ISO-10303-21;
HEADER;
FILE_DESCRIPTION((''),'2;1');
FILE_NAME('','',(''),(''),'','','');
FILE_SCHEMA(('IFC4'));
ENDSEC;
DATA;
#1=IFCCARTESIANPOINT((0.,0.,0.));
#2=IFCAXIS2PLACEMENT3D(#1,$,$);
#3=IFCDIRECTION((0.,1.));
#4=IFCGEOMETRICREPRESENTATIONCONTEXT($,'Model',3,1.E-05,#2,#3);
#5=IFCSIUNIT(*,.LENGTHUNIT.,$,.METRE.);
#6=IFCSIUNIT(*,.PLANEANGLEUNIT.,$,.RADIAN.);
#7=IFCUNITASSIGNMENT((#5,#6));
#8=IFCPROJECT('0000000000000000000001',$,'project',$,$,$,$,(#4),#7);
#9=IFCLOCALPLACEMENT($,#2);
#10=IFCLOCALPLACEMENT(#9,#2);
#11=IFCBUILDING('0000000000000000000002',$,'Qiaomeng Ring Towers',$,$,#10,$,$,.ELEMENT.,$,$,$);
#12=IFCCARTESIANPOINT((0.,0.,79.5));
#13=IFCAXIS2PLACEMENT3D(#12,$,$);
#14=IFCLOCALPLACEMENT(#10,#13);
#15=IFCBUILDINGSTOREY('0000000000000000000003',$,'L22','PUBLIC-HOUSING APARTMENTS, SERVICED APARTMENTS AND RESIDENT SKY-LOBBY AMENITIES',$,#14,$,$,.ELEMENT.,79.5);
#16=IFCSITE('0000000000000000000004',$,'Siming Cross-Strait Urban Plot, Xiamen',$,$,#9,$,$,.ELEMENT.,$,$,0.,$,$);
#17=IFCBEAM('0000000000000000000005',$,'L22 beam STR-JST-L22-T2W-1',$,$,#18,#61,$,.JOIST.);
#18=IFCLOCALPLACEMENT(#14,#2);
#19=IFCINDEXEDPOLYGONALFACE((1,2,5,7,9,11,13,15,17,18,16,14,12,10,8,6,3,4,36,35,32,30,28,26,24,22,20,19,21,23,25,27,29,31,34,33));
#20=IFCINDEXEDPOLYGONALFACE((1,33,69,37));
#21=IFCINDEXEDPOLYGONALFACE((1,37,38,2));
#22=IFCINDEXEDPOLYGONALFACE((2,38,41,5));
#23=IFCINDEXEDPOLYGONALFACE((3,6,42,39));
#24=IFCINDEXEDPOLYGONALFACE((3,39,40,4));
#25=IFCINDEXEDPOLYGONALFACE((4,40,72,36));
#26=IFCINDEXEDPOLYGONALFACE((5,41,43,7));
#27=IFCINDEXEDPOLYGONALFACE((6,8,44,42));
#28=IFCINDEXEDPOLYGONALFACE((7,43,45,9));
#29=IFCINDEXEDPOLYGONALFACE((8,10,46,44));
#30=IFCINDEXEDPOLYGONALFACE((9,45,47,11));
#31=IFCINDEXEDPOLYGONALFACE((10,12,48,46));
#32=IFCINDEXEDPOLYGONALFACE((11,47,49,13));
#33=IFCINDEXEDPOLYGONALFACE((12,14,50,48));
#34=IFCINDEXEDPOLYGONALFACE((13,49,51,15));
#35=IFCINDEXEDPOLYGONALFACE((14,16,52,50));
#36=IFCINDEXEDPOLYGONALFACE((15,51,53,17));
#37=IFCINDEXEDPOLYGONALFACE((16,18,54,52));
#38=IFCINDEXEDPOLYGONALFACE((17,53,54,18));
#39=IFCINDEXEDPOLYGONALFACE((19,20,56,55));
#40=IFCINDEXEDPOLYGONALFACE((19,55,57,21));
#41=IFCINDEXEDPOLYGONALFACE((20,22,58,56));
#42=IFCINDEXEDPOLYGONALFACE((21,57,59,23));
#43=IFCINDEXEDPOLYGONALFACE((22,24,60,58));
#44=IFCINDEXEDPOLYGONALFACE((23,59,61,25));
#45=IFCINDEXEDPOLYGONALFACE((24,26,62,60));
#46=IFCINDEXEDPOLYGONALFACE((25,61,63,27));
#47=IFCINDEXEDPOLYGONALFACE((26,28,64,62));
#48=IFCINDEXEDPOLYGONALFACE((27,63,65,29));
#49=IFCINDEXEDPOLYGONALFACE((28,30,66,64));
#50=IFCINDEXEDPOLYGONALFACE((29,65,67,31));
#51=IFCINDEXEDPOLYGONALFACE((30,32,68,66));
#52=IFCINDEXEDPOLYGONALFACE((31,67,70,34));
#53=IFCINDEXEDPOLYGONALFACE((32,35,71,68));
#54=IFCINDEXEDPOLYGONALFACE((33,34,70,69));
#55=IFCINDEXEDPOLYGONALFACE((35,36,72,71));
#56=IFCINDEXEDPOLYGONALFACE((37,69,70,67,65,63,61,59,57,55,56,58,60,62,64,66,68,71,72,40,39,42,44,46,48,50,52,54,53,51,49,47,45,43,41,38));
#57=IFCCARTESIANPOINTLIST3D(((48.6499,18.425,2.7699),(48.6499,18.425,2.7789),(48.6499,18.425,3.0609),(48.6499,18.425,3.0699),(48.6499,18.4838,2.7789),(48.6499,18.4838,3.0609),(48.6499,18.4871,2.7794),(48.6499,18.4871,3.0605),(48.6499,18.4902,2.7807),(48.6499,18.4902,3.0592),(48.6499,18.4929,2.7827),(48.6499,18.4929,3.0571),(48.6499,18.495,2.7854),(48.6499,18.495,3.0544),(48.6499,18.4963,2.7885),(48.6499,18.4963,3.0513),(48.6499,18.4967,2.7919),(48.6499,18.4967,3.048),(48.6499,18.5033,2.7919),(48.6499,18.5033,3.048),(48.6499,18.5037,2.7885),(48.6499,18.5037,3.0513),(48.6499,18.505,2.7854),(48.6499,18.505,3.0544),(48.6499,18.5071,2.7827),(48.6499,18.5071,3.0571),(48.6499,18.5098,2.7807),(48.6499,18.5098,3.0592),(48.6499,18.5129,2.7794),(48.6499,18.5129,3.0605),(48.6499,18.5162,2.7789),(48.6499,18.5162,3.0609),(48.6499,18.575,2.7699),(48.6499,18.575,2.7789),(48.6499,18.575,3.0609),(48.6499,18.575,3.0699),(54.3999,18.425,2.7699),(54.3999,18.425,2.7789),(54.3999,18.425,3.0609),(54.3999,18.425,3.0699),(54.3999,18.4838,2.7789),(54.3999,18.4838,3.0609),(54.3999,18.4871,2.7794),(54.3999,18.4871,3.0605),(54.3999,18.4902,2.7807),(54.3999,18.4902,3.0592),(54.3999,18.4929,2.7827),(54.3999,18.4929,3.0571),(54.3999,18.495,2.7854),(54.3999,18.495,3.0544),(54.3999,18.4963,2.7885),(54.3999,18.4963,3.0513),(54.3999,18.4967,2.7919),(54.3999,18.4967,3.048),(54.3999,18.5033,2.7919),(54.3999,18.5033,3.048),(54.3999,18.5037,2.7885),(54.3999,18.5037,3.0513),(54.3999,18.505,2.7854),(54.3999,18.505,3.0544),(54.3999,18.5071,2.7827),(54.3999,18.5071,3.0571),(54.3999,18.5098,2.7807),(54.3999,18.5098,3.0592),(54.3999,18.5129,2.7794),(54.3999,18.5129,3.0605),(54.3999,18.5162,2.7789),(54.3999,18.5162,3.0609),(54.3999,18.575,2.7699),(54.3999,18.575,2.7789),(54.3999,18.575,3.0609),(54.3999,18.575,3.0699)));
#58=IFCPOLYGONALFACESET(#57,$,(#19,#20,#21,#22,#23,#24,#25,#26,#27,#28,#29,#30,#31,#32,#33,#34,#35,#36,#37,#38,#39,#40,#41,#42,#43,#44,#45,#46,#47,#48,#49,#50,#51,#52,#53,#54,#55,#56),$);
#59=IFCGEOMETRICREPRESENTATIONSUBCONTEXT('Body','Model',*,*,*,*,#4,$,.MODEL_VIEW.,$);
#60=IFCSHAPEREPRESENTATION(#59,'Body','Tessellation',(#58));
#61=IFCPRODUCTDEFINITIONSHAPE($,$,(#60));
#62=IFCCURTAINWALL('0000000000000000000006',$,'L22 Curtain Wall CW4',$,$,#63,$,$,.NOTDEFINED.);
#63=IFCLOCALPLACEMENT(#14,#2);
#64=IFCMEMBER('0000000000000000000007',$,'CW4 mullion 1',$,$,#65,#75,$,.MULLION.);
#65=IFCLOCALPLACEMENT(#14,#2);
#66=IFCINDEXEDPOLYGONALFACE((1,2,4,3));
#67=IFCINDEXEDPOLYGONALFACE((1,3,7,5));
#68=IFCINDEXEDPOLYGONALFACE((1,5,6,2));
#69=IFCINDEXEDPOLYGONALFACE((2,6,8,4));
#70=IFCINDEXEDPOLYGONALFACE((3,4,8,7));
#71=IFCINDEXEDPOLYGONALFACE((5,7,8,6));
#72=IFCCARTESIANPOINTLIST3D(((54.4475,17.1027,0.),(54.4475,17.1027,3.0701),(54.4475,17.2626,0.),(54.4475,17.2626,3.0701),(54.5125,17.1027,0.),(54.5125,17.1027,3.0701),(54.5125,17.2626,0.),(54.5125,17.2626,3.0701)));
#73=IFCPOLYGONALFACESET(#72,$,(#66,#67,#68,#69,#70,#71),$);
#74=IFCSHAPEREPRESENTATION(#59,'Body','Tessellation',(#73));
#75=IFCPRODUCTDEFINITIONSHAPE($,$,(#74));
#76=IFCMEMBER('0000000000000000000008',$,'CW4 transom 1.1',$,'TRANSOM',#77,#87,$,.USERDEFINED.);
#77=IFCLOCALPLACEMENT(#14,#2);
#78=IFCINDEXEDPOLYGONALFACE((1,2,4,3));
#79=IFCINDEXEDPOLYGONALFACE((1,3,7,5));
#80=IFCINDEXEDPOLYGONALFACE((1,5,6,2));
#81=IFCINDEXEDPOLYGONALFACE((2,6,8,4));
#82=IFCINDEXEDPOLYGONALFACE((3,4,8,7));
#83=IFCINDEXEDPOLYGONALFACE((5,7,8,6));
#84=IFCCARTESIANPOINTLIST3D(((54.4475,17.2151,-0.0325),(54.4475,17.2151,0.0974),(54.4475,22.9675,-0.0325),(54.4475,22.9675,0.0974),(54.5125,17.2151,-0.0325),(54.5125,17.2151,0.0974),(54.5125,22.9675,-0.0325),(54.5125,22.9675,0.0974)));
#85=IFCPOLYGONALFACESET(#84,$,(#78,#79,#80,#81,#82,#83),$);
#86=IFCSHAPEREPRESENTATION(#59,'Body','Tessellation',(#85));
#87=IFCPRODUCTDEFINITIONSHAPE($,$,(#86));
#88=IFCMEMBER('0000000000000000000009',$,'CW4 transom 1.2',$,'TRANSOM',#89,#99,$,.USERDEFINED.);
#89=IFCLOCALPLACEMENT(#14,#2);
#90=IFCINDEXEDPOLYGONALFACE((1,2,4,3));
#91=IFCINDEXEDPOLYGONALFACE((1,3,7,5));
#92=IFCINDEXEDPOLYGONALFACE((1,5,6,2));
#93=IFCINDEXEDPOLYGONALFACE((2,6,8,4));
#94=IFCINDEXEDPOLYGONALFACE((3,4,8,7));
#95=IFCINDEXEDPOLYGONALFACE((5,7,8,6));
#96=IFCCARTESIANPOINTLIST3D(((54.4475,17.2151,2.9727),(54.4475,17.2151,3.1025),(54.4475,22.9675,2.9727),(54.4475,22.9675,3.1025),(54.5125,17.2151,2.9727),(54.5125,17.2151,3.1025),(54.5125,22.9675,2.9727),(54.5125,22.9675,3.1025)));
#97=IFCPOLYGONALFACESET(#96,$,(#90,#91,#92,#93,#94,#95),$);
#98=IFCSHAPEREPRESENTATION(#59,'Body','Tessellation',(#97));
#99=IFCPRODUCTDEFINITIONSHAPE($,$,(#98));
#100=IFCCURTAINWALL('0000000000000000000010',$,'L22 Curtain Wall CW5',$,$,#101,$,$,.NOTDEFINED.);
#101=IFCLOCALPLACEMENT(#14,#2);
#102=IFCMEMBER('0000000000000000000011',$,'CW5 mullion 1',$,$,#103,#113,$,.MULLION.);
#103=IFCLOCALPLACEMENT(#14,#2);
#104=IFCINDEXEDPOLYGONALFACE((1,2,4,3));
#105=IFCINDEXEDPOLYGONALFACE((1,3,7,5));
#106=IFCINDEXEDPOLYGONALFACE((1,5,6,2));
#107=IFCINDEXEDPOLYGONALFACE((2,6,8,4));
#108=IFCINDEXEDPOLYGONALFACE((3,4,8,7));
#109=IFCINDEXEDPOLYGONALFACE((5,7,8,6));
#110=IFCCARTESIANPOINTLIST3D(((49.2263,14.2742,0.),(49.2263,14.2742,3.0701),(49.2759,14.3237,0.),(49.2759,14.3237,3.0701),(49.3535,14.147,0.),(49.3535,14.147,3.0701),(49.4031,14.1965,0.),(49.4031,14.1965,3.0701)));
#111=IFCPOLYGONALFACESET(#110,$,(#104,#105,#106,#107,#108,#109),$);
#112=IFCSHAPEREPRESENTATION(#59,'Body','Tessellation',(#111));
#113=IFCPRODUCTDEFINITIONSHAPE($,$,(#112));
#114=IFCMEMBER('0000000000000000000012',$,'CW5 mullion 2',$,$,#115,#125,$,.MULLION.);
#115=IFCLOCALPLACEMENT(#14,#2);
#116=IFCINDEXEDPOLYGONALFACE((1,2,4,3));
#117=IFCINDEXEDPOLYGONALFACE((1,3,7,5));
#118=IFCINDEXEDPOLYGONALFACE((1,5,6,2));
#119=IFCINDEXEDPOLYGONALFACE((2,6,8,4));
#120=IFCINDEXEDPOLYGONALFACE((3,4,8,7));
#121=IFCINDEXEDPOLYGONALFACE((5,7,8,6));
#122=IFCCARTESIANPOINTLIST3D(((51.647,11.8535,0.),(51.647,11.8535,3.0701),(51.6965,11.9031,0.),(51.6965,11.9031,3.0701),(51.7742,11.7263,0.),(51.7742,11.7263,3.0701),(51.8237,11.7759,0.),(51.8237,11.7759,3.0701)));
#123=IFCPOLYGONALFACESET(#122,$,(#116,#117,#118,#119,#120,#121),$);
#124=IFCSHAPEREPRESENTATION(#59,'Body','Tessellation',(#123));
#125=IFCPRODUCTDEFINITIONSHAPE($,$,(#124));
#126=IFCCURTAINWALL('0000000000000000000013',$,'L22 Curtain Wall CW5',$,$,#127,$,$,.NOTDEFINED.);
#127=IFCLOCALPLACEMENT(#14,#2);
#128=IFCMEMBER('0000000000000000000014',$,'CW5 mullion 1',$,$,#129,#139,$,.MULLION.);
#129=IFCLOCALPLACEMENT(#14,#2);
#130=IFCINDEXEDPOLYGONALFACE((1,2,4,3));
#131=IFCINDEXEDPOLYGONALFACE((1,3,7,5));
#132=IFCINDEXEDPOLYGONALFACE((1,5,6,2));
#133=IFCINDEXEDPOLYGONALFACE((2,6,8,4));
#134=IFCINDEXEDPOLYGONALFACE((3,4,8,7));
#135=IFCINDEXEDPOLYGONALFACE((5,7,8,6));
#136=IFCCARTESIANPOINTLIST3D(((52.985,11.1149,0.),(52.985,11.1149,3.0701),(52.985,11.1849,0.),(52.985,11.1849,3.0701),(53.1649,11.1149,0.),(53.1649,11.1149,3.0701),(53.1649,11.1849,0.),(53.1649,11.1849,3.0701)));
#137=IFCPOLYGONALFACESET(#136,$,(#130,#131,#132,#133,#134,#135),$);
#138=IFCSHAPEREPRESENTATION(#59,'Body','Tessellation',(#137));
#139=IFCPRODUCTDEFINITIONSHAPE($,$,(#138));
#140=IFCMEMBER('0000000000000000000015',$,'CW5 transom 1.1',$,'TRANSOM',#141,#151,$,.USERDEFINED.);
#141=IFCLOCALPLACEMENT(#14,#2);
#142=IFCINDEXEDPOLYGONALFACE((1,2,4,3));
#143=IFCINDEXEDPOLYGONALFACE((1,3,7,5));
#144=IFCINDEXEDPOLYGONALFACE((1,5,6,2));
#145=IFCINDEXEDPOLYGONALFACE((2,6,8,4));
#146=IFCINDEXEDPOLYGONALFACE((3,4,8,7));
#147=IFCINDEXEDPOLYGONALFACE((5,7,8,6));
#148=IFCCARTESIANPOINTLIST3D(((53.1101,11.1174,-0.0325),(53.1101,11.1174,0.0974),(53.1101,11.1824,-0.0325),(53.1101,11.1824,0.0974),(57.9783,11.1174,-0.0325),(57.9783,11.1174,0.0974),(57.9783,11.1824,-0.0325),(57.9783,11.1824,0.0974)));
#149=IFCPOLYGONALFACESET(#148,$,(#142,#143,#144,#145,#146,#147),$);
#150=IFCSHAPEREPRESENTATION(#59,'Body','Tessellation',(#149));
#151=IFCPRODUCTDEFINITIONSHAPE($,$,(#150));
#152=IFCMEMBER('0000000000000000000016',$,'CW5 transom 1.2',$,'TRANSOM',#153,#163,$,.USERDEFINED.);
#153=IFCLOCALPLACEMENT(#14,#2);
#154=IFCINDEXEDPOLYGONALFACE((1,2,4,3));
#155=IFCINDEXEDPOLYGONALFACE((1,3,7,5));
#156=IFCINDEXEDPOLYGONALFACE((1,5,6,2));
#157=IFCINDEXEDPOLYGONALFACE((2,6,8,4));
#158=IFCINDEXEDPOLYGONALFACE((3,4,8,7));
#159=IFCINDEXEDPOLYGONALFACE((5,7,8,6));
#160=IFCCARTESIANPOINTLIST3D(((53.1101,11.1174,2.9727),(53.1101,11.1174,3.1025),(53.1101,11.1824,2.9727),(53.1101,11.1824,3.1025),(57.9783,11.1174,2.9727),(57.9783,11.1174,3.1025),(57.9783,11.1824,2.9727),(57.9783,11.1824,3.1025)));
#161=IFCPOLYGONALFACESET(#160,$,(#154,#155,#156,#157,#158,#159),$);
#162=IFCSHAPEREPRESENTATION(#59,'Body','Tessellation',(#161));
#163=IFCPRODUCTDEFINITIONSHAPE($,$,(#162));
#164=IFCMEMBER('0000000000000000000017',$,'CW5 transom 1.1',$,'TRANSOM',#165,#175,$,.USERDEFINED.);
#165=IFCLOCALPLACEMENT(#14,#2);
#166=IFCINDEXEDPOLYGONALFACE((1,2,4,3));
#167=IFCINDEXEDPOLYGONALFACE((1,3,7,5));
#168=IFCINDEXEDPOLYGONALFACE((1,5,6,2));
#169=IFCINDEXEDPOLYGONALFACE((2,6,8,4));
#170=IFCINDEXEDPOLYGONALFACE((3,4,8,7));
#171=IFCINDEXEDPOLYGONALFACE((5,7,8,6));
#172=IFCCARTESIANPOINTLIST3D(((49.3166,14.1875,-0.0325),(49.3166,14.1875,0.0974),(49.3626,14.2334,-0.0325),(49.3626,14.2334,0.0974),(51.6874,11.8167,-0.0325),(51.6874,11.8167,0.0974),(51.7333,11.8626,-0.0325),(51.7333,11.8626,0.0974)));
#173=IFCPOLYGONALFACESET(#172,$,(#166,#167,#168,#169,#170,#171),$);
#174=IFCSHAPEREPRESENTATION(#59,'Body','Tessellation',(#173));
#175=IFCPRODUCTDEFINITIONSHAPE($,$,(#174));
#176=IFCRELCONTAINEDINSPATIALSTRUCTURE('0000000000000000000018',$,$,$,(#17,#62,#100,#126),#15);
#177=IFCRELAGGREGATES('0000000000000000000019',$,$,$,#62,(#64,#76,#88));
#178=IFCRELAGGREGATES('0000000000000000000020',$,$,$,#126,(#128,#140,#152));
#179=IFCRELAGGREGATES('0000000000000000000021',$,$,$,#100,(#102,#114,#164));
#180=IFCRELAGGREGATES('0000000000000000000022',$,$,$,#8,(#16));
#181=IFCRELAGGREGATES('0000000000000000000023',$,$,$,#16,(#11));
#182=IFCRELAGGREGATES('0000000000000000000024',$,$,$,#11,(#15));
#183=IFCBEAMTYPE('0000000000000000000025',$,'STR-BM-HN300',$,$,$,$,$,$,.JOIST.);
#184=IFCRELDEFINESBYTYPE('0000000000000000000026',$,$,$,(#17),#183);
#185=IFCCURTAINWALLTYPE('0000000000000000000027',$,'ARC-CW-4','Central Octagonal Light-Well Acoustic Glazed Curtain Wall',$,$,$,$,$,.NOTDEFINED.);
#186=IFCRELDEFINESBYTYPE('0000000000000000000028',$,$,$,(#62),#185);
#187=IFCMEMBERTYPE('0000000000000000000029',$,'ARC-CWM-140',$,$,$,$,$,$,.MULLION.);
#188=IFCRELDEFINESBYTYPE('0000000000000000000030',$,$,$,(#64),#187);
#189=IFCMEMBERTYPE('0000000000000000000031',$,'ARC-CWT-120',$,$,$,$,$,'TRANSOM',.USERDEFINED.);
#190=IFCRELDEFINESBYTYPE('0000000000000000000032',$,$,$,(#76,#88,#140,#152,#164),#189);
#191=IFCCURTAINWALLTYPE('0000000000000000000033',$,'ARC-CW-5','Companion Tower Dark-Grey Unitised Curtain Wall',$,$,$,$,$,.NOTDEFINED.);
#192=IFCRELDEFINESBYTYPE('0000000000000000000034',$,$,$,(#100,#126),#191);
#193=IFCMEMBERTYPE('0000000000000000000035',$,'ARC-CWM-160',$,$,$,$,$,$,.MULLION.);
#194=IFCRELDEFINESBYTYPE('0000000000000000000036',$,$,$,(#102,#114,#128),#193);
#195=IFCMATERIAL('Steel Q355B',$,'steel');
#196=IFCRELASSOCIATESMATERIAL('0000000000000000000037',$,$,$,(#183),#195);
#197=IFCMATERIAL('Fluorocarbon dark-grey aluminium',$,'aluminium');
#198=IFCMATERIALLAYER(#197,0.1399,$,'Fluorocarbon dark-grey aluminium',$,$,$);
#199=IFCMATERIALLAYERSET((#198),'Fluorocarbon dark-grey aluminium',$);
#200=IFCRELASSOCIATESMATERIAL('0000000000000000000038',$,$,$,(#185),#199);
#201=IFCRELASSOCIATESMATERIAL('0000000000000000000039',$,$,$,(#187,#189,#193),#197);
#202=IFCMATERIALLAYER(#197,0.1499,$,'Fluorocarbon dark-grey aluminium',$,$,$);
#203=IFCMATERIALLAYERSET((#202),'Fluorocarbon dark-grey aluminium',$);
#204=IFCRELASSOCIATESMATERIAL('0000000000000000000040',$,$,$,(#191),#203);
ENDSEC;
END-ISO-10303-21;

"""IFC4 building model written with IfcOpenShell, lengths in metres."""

from ifc_helpers import new_model, si_unit, direction, frame, origin, origin_2d, place, context, subcontext, project, spatial, rectangle, i_section, extrude, source, transform, mapped, material, layer, layer_set, material_profile, profile_set, type_object, element, aggregate, save


model = new_model("IFC4")

# Units and contexts
model_context = context("Model", 3, precision=1e-05, world=origin(), true_north=direction((0.0, 1.0)))
body_context = subcontext(model_context, "Body", "Model", "MODEL_VIEW")
ifc_project = project(units=[si_unit("LENGTHUNIT", "METRE"), si_unit("PLANEANGLEUNIT", "RADIAN")], contexts=[model_context])

# Site, building, storey
site_placement = place(None, origin())
site = spatial("IfcSite", under=ifc_project, at=site_placement, Name="Siming Cross-Strait Urban Plot, Xiamen", CompositionType="ELEMENT", RefElevation=0.0)
building_placement = place(site_placement, origin())
building = spatial("IfcBuilding", under=site, at=building_placement, Name="Qiaomeng Ring Towers", CompositionType="ELEMENT")
storey_placement = place(building_placement, frame((0.0, 0.0, 79.5)))
storey = spatial("IfcBuildingStorey", under=building, at=storey_placement, Name="L22", Description="PUBLIC-HOUSING APARTMENTS, SERVICED APARTMENTS AND RESIDENT SKY-LOBBY AMENITIES", CompositionType="ELEMENT", Elevation=79.5)

# Beam
ifc_material_1 = material(Name="Steel Q355B", Category="steel")
ifc_material_profile_1 = material_profile(ifc_material_1, i_section(OverallWidth=0.1499, OverallDepth=0.3, WebThickness=0.0066, FlangeThickness=0.009, FilletRadius=0.0129, at=origin_2d()), Name="HN 300x150x6.5x9")
ifc_profile_set_1 = profile_set([ifc_material_profile_1], Name="Steel Q355B")
beam_type_1 = type_object("IfcBeamType", Name="STR-BM-HN300", PredefinedType="JOIST", material=ifc_profile_set_1)
shared_shape_1 = source(origin(), body_context, "Body", "SweptSolid", [
    extrude(i_section(OverallWidth=0.1499, OverallDepth=0.3, WebThickness=0.0066, FlangeThickness=0.009, FilletRadius=0.0129, at=origin_2d()), origin(), (0.0, 0.0, 1.0), 5.75),
])
beam_1_placement = place(storey_placement, frame((48.6499, 18.5, 2.9199), z_axis=(1.0, 0.0, 0.0), x_axis=(0.0, 1.0, 0.0)))
element("IfcBeam", 1, at=beam_1_placement, inside=storey, type_object=beam_type_1, Name="L22 beam STR-JST-L22-T2W-1", PredefinedType="JOIST", context=body_context, shape_type="MappedRepresentation", body=[
    mapped(shared_shape_1, transform((0.0, 0.0, 0.0), x_axis=(1.0, 0.0, 0.0), y_axis=(0.0, 1.0, 0.0), z_axis=(0.0, 0.0, 1.0), scale=1.0)),
])

# Curtain walls, members
ifc_material_2 = material(Name="Fluorocarbon dark-grey aluminium", Category="aluminium")
ifc_layer_1 = layer(ifc_material_2, 0.1399, Name="Fluorocarbon dark-grey aluminium")
ifc_layer_set_1 = layer_set([ifc_layer_1], Name="Fluorocarbon dark-grey aluminium")
curtain_wall_type_1 = type_object("IfcCurtainWallType", Name="ARC-CW-4", Description="Central Octagonal Light-Well Acoustic Glazed Curtain Wall", PredefinedType="NOTDEFINED", material=ifc_layer_set_1)
curtain_wall_1_placement = place(storey_placement, origin())
curtain_wall_1 = element("IfcCurtainWall", 2, at=curtain_wall_1_placement, inside=storey, type_object=curtain_wall_type_1, Name="L22 Curtain Wall CW4", PredefinedType="NOTDEFINED")
ifc_material_profile_2 = material_profile(ifc_material_2, rectangle(XDim=0.0649, YDim=0.1599, at=origin_2d()), Name="ALU MULL 65x160")
ifc_profile_set_2 = profile_set([ifc_material_profile_2], Name="Fluorocarbon dark-grey aluminium")
member_type_1 = type_object("IfcMemberType", Name="ARC-CWM-140", PredefinedType="MULLION", material=ifc_profile_set_2)
shared_shape_2 = source(origin(), body_context, "Body", "SweptSolid", [
    extrude(rectangle(XDim=0.0649, YDim=0.1599, at=origin_2d()), origin(), (0.0, 0.0, 1.0), 3.0701),
])
member_1_placement = place(storey_placement, frame((54.48, 17.1826, 0.0), z_axis=(0.0, 0.0, 1.0), x_axis=(-1.0, 0.0, 0.0)))
member_1 = element("IfcMember", 3, at=member_1_placement, type_object=member_type_1, Name="CW4 mullion 1", PredefinedType="MULLION", context=body_context, shape_type="MappedRepresentation", body=[
    mapped(shared_shape_2, transform((0.0, 0.0, 0.0), x_axis=(1.0, 0.0, 0.0), y_axis=(0.0, 1.0, 0.0), z_axis=(0.0, 0.0, 1.0), scale=1.0)),
])
ifc_material_profile_3 = material_profile(ifc_material_2, rectangle(XDim=0.0649, YDim=0.1299, at=origin_2d()), Name="ALU TRAN 65x130")
ifc_profile_set_3 = profile_set([ifc_material_profile_3], Name="Fluorocarbon dark-grey aluminium")
member_type_2 = type_object("IfcMemberType", Name="ARC-CWT-120", ElementType="TRANSOM", PredefinedType="USERDEFINED", material=ifc_profile_set_3)
shared_shape_3 = source(origin(), body_context, "Body", "SweptSolid", [
    extrude(rectangle(XDim=0.0649, YDim=0.1299, at=origin_2d()), origin(), (0.0, 0.0, 1.0), 5.7524),
])
member_2_placement = place(storey_placement, frame((54.48, 17.2151, 0.0325), z_axis=(0.0, 1.0, 0.0), x_axis=(-1.0, 0.0, 0.0)))
member_2 = element("IfcMember", 4, at=member_2_placement, type_object=member_type_2, Name="CW4 transom 1.1", ObjectType="TRANSOM", PredefinedType="USERDEFINED", context=body_context, shape_type="MappedRepresentation", body=[
    mapped(shared_shape_3, transform((0.0, 0.0, 0.0), x_axis=(1.0, 0.0, 0.0), y_axis=(0.0, 1.0, 0.0), z_axis=(0.0, 0.0, 1.0), scale=1.0)),
])
member_3_placement = place(storey_placement, frame((54.48, 17.2151, 3.0376), z_axis=(0.0, 1.0, 0.0), x_axis=(-1.0, 0.0, 0.0)))
member_3 = element("IfcMember", 5, at=member_3_placement, type_object=member_type_2, Name="CW4 transom 1.2", ObjectType="TRANSOM", PredefinedType="USERDEFINED", context=body_context, shape_type="MappedRepresentation", body=[
    mapped(shared_shape_3, transform((0.0, 0.0, 0.0), x_axis=(1.0, 0.0, 0.0), y_axis=(0.0, 1.0, 0.0), z_axis=(0.0, 0.0, 1.0), scale=1.0)),
])
aggregate(curtain_wall_1, [member_1, member_2, member_3])
ifc_layer_2 = layer(ifc_material_2, 0.1499, Name="Fluorocarbon dark-grey aluminium")
ifc_layer_set_2 = layer_set([ifc_layer_2], Name="Fluorocarbon dark-grey aluminium")
curtain_wall_type_2 = type_object("IfcCurtainWallType", Name="ARC-CW-5", Description="Companion Tower Dark-Grey Unitised Curtain Wall", PredefinedType="NOTDEFINED", material=ifc_layer_set_2)
curtain_wall_2_placement = place(storey_placement, origin())
curtain_wall_2 = element("IfcCurtainWall", 6, at=curtain_wall_2_placement, inside=storey, type_object=curtain_wall_type_2, Name="L22 Curtain Wall CW5", PredefinedType="NOTDEFINED")
ifc_material_profile_4 = material_profile(ifc_material_2, rectangle(XDim=0.0701, YDim=0.1799, at=origin_2d()), Name="ALU MULL 70x180")
ifc_profile_set_4 = profile_set([ifc_material_profile_4], Name="Fluorocarbon dark-grey aluminium")
member_type_3 = type_object("IfcMemberType", Name="ARC-CWM-160", PredefinedType="MULLION", material=ifc_profile_set_4)
shared_shape_4 = source(origin(), body_context, "Body", "SweptSolid", [
    extrude(rectangle(XDim=0.0701, YDim=0.1799, at=origin_2d()), origin(), (0.0, 0.0, 1.0), 3.0701),
])
member_4_placement = place(storey_placement, frame((49.3147, 14.2354, 0.0), z_axis=(0.0, 0.0, 1.0), x_axis=(0.707107, 0.707107, 0.0)))
member_4 = element("IfcMember", 7, at=member_4_placement, type_object=member_type_3, Name="CW5 mullion 1", PredefinedType="MULLION", context=body_context, shape_type="MappedRepresentation", body=[
    mapped(shared_shape_4, transform((0.0, 0.0, 0.0), x_axis=(1.0, 0.0, 0.0), y_axis=(0.0, 1.0, 0.0), z_axis=(0.0, 0.0, 1.0), scale=1.0)),
])
member_5_placement = place(storey_placement, frame((51.7354, 11.8147, 0.0), z_axis=(0.0, 0.0, 1.0), x_axis=(0.707107, 0.707107, 0.0)))
member_5 = element("IfcMember", 8, at=member_5_placement, type_object=member_type_3, Name="CW5 mullion 2", PredefinedType="MULLION", context=body_context, shape_type="MappedRepresentation", body=[
    mapped(shared_shape_4, transform((0.0, 0.0, 0.0), x_axis=(1.0, 0.0, 0.0), y_axis=(0.0, 1.0, 0.0), z_axis=(0.0, 0.0, 1.0), scale=1.0)),
])
curtain_wall_3_placement = place(storey_placement, origin())
curtain_wall_3 = element("IfcCurtainWall", 9, at=curtain_wall_3_placement, inside=storey, type_object=curtain_wall_type_2, Name="L22 Curtain Wall CW5", PredefinedType="NOTDEFINED")
member_6_placement = place(storey_placement, frame((53.075, 11.1499, 0.0), z_axis=(0.0, 0.0, 1.0), x_axis=(0.0, 1.0, 0.0)))
member_6 = element("IfcMember", 10, at=member_6_placement, type_object=member_type_3, Name="CW5 mullion 1", PredefinedType="MULLION", context=body_context, shape_type="MappedRepresentation", body=[
    mapped(shared_shape_4, transform((0.0, 0.0, 0.0), x_axis=(1.0, 0.0, 0.0), y_axis=(0.0, 1.0, 0.0), z_axis=(0.0, 0.0, 1.0), scale=1.0)),
])
shared_shape_5 = source(origin(), body_context, "Body", "SweptSolid", [
    extrude(rectangle(XDim=0.0649, YDim=0.1299, at=origin_2d()), origin(), (0.0, 0.0, 1.0), 4.8682),
])
member_7_placement = place(storey_placement, frame((53.1101, 11.1499, 0.0325), z_axis=(1.0, 0.0, 0.0), x_axis=(0.0, 1.0, 0.0)))
member_7 = element("IfcMember", 11, at=member_7_placement, type_object=member_type_2, Name="CW5 transom 1.1", ObjectType="TRANSOM", PredefinedType="USERDEFINED", context=body_context, shape_type="MappedRepresentation", body=[
    mapped(shared_shape_5, transform((0.0, 0.0, 0.0), x_axis=(1.0, 0.0, 0.0), y_axis=(0.0, 1.0, 0.0), z_axis=(0.0, 0.0, 1.0), scale=1.0)),
])
member_8_placement = place(storey_placement, frame((53.1101, 11.1499, 3.0376), z_axis=(1.0, 0.0, 0.0), x_axis=(0.0, 1.0, 0.0)))
member_8 = element("IfcMember", 12, at=member_8_placement, type_object=member_type_2, Name="CW5 transom 1.2", ObjectType="TRANSOM", PredefinedType="USERDEFINED", context=body_context, shape_type="MappedRepresentation", body=[
    mapped(shared_shape_5, transform((0.0, 0.0, 0.0), x_axis=(1.0, 0.0, 0.0), y_axis=(0.0, 1.0, 0.0), z_axis=(0.0, 0.0, 1.0), scale=1.0)),
])
aggregate(curtain_wall_3, [member_6, member_7, member_8])

# Member
shared_shape_6 = source(origin(), body_context, "Body", "SweptSolid", [
    extrude(rectangle(XDim=0.0649, YDim=0.1299, at=origin_2d()), origin(), (0.0, 0.0, 1.0), 3.3528),
])
member_9_placement = place(storey_placement, frame((49.3396, 14.2104, 0.0325), z_axis=(0.707107, -0.707107, 0.0), x_axis=(0.707107, 0.707107, 0.0)))
member_9 = element("IfcMember", 13, at=member_9_placement, type_object=member_type_2, Name="CW5 transom 1.1", ObjectType="TRANSOM", PredefinedType="USERDEFINED", context=body_context, shape_type="MappedRepresentation", body=[
    mapped(shared_shape_6, transform((0.0, 0.0, 0.0), x_axis=(1.0, 0.0, 0.0), y_axis=(0.0, 1.0, 0.0), z_axis=(0.0, 0.0, 1.0), scale=1.0)),
])

aggregate(curtain_wall_2, [member_4, member_5, member_9])

save(model, "model.ifc")
